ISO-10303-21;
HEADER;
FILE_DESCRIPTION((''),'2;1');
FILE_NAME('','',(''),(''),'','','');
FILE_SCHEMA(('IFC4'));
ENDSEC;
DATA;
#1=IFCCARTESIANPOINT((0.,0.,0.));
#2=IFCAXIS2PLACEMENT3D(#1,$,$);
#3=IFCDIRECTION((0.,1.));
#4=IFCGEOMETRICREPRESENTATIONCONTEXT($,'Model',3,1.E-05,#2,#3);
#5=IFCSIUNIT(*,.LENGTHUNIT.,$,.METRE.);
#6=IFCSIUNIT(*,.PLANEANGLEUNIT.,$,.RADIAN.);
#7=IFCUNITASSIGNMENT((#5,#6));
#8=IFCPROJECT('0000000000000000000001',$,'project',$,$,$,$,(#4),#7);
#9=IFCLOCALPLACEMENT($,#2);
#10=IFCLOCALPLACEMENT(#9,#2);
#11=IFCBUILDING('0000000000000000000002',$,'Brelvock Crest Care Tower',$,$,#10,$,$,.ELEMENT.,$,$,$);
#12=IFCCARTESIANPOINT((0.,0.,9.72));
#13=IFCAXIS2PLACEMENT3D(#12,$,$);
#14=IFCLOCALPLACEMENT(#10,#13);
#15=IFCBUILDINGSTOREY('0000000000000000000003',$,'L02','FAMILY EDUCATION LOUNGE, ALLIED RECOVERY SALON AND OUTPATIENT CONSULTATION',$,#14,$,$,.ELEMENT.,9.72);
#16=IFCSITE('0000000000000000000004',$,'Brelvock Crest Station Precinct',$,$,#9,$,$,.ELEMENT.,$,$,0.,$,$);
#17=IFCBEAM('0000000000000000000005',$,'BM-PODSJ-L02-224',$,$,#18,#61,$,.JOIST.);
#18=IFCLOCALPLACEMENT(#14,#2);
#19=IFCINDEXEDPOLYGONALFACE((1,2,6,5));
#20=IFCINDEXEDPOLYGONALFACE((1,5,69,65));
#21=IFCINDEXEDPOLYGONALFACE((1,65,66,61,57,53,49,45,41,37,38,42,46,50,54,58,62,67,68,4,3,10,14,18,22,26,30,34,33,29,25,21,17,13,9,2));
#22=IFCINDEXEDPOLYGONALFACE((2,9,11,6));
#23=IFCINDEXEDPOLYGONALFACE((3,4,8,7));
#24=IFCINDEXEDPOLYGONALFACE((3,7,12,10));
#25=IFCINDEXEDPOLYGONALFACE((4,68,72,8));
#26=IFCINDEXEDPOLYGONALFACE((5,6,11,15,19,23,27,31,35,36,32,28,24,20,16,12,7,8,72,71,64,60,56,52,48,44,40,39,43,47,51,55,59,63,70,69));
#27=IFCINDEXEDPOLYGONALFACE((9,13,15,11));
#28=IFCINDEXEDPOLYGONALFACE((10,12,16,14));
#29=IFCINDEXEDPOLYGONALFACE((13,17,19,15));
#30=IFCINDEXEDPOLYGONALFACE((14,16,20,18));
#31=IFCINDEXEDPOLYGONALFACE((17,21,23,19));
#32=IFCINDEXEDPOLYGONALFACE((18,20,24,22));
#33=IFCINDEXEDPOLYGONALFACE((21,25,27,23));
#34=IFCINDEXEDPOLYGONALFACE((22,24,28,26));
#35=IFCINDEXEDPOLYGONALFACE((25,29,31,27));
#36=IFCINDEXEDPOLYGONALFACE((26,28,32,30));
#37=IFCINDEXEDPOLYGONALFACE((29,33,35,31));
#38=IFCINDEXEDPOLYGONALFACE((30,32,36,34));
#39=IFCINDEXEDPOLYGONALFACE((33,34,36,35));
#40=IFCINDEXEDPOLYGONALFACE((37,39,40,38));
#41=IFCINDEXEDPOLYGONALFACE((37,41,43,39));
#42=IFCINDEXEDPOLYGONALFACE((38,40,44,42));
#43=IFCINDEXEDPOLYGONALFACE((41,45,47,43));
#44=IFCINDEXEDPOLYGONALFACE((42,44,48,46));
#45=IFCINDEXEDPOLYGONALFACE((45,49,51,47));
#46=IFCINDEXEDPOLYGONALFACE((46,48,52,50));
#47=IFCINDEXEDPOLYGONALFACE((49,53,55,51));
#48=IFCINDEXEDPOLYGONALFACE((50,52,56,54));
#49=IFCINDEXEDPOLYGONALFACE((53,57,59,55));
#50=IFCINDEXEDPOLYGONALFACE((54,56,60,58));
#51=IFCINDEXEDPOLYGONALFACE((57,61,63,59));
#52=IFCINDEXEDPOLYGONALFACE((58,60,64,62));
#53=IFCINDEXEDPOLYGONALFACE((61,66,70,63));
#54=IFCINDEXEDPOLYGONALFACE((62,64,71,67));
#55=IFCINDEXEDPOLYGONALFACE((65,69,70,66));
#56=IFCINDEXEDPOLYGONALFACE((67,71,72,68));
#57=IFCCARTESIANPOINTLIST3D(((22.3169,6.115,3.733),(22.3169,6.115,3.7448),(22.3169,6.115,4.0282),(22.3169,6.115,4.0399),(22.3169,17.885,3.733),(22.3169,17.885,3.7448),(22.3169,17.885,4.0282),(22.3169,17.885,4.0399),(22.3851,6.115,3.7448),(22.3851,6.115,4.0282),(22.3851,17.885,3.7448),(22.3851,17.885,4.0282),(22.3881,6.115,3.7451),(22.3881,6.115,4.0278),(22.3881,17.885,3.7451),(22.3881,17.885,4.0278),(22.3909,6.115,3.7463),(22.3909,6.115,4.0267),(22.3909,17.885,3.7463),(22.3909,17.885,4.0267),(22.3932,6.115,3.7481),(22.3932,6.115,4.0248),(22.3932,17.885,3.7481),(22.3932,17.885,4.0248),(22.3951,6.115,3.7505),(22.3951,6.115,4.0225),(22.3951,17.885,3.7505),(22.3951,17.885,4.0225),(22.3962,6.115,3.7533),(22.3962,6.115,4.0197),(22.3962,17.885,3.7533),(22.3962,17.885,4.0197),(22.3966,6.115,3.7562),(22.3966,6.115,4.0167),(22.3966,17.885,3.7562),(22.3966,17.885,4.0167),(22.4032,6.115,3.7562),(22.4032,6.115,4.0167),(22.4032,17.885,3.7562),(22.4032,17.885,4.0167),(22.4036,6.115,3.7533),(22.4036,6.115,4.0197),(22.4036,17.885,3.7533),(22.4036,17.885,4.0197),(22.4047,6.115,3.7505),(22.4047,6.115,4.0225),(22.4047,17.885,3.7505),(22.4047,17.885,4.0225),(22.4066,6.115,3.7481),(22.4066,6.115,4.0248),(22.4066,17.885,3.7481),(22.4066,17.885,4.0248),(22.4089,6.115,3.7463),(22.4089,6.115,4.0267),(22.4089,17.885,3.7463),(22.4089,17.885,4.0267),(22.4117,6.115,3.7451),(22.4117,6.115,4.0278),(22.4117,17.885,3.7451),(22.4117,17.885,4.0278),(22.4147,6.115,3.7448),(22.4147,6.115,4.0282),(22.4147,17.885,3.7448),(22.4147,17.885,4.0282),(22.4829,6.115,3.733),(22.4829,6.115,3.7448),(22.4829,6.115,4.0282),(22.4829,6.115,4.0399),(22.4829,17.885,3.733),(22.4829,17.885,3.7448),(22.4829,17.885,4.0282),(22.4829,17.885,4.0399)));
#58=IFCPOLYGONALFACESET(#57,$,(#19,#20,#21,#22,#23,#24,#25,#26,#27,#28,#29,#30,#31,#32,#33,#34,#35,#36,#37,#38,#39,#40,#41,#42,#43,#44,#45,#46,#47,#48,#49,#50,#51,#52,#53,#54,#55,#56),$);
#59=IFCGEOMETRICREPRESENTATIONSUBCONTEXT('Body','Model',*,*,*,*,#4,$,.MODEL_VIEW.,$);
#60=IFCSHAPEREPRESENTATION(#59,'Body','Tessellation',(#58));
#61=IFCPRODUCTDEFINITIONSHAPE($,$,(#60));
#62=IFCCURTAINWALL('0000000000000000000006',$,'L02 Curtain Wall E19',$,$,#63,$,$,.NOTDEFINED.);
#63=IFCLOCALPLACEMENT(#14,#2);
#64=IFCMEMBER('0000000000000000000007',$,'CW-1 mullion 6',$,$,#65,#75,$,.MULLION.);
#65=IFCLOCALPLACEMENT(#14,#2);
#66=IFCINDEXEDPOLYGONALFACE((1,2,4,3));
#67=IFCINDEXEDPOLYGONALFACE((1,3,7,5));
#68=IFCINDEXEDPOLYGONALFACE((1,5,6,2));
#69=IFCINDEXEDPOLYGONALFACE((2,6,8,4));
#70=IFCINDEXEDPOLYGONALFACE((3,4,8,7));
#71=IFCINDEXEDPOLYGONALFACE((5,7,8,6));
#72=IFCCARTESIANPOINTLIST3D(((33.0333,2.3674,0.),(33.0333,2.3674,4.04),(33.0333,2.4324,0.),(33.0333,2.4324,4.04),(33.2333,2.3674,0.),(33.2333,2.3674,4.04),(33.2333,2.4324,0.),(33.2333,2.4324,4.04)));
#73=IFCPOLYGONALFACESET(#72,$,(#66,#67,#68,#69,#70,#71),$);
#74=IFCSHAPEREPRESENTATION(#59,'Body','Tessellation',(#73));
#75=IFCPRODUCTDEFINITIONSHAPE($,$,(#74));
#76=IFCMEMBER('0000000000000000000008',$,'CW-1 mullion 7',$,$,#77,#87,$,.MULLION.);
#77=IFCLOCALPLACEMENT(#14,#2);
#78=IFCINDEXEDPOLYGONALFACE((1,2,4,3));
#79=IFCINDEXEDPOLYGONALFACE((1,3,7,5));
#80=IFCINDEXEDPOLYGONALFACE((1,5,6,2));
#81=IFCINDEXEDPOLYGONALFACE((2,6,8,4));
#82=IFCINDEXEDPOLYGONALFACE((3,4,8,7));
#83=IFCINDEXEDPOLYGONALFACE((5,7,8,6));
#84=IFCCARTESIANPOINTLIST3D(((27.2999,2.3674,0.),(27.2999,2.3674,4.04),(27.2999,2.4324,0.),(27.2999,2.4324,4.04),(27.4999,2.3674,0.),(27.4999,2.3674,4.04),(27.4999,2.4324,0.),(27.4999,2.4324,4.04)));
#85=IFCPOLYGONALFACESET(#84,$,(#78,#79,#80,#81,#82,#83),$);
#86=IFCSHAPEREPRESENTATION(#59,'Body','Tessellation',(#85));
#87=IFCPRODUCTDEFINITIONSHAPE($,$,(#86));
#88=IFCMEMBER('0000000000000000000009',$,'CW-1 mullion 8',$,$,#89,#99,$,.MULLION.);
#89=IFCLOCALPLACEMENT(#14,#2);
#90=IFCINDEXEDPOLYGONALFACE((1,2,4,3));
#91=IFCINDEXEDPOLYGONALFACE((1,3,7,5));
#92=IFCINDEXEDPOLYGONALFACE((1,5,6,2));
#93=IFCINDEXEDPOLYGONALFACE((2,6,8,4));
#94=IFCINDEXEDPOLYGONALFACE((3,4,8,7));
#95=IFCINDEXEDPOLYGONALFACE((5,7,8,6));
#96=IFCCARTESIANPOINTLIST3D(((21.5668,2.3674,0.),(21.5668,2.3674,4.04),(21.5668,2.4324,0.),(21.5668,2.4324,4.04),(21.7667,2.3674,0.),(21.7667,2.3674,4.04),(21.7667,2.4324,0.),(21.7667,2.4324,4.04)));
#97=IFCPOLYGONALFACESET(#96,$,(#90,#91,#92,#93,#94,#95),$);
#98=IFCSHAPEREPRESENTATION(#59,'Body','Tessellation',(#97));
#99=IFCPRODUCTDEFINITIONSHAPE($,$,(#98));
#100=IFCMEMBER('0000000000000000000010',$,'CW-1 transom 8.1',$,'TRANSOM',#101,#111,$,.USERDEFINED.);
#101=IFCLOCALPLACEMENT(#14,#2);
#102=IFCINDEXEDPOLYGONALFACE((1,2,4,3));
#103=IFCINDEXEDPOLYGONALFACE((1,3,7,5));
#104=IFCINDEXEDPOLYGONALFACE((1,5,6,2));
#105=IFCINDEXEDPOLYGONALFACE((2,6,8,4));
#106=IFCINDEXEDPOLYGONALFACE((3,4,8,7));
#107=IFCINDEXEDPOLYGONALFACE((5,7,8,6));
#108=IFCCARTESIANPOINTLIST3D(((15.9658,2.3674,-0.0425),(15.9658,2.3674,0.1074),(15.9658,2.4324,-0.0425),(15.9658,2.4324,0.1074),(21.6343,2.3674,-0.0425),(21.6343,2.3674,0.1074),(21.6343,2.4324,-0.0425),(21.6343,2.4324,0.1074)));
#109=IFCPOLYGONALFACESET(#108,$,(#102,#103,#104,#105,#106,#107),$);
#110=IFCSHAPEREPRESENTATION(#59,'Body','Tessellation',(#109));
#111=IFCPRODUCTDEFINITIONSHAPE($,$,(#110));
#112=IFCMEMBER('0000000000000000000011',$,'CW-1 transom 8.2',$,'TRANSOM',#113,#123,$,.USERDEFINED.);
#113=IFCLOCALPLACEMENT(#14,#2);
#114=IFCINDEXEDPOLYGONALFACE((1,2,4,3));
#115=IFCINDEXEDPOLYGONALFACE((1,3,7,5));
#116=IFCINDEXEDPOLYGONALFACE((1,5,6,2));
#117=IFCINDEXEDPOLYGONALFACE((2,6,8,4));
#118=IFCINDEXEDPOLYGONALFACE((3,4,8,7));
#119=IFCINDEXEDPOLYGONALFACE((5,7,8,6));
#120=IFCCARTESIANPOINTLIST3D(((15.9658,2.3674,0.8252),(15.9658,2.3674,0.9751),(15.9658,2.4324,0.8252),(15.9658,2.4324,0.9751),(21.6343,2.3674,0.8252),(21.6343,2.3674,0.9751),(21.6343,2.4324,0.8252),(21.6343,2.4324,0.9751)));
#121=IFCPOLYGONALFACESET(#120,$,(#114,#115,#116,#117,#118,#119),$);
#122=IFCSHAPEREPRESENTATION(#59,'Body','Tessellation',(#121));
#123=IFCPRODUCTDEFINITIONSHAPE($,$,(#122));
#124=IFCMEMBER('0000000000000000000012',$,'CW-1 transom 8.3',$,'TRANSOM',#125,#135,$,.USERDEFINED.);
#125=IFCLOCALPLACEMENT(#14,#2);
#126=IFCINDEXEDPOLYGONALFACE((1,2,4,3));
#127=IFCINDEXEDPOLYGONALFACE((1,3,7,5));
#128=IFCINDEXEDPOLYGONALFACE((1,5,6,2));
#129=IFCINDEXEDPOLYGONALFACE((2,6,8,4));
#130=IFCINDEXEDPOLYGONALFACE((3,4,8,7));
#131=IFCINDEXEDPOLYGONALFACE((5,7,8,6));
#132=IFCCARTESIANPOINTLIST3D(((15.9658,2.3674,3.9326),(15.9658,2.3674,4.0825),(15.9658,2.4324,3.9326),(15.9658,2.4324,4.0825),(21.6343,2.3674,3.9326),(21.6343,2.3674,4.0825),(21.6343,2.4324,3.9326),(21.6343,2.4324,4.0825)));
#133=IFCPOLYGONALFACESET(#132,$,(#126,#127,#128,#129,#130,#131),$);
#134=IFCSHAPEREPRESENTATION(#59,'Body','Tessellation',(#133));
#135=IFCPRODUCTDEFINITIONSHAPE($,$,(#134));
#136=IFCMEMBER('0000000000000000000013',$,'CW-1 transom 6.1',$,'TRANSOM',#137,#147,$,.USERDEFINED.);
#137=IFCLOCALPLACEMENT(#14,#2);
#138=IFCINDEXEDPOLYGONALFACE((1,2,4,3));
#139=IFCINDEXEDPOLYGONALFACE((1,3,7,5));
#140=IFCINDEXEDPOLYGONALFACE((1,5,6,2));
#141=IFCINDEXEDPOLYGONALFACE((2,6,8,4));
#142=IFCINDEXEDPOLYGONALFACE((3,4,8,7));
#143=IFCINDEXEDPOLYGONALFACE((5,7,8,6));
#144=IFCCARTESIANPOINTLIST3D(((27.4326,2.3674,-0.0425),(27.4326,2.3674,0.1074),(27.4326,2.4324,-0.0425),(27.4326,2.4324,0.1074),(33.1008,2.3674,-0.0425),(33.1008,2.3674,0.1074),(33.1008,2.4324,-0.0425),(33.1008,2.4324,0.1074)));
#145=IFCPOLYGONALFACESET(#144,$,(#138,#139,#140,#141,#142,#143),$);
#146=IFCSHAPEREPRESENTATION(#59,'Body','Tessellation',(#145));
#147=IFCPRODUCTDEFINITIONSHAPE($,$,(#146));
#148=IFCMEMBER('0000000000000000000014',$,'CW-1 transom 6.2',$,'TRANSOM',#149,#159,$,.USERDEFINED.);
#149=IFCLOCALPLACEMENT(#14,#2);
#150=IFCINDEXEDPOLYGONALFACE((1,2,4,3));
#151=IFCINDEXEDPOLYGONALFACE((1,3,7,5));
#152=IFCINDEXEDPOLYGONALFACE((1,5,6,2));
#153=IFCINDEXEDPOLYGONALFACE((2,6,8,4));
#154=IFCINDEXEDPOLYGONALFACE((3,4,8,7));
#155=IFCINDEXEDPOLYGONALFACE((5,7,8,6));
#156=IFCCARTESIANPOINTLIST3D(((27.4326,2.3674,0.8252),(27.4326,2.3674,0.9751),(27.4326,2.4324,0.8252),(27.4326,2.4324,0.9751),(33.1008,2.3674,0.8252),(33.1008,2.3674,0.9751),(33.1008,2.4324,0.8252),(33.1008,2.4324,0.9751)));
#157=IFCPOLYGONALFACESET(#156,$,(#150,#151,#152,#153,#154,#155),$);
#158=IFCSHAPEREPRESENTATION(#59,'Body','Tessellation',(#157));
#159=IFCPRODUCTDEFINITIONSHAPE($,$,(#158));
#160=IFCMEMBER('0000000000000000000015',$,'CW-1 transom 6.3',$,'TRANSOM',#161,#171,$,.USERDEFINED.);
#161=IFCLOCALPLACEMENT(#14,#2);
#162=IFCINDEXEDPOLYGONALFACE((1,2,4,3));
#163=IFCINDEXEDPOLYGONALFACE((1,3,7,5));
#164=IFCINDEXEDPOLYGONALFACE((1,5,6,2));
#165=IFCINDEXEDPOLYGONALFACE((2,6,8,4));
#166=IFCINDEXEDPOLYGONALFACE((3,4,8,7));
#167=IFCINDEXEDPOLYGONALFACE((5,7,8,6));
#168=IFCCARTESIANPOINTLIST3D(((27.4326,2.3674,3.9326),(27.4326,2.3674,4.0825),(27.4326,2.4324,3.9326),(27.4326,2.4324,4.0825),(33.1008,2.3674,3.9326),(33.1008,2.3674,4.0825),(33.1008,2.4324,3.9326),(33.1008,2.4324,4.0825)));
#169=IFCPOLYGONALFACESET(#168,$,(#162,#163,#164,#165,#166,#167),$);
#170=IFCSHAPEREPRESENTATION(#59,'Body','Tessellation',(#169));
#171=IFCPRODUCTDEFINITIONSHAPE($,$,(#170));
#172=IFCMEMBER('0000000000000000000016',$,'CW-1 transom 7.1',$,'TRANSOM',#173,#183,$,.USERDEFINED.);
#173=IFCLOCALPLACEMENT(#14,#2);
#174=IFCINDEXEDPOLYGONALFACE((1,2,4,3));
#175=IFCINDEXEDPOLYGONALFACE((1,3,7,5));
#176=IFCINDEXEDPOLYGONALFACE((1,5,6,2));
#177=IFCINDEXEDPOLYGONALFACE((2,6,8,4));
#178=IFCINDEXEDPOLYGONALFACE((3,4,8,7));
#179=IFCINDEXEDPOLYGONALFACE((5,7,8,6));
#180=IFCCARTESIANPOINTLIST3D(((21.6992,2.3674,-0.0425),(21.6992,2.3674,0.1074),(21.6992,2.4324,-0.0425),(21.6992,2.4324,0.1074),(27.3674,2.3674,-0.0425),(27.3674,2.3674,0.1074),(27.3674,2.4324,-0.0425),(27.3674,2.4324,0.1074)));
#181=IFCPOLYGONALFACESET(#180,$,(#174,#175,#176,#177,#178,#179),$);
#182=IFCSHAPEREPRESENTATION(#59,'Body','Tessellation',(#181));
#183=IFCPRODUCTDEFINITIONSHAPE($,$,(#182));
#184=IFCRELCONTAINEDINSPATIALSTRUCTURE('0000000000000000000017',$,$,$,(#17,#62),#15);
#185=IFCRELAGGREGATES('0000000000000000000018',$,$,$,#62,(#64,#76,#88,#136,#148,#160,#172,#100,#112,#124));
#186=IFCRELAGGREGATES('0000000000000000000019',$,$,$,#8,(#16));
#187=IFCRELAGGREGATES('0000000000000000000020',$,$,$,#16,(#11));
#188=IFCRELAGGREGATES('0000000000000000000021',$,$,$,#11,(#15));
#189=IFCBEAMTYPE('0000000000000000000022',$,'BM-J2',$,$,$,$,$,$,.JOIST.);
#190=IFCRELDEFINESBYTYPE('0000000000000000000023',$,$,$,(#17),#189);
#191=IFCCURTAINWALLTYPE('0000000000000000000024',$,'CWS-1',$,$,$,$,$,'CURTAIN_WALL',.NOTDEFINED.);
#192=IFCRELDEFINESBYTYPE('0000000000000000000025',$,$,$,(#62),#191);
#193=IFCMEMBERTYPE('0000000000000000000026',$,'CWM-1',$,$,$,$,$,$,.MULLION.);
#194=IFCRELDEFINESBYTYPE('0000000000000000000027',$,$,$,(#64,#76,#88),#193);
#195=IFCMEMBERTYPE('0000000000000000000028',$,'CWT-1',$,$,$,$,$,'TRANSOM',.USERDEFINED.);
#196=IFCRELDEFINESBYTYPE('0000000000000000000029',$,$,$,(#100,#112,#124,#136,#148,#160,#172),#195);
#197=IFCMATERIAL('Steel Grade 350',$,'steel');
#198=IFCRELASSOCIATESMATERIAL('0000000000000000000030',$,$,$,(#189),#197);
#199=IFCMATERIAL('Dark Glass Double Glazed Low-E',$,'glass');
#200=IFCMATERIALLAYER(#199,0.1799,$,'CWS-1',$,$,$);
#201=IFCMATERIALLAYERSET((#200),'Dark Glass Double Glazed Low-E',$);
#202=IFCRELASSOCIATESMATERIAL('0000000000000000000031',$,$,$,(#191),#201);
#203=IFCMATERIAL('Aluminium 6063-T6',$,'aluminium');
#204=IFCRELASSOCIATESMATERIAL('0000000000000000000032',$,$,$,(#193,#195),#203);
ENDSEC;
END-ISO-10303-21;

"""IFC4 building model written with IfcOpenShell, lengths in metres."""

from ifc_helpers import new_model, si_unit, direction, frame, origin, origin_2d, place, context, subcontext, project, spatial, rectangle, i_section, extrude, source, transform, mapped, material, layer, layer_set, material_profile, profile_set, type_object, element, aggregate, save


model = new_model("IFC4")

# Units and contexts
model_context = context("Model", 3, precision=1e-05, world=origin(), true_north=direction((0.0, 1.0)))
body_context = subcontext(model_context, "Body", "Model", "MODEL_VIEW")
ifc_project = project(units=[si_unit("LENGTHUNIT", "METRE"), si_unit("PLANEANGLEUNIT", "RADIAN")], contexts=[model_context])

# Site, building, storey
site_placement = place(None, origin())
site = spatial("IfcSite", under=ifc_project, at=site_placement, Name="Brelvock Crest Station Precinct", CompositionType="ELEMENT", RefElevation=0.0)
building_placement = place(site_placement, origin())
building = spatial("IfcBuilding", under=site, at=building_placement, Name="Brelvock Crest Care Tower", CompositionType="ELEMENT")
storey_placement = place(building_placement, frame((0.0, 0.0, 9.72)))
storey = spatial("IfcBuildingStorey", under=building, at=storey_placement, Name="L02", Description="FAMILY EDUCATION LOUNGE, ALLIED RECOVERY SALON AND OUTPATIENT CONSULTATION", CompositionType="ELEMENT", Elevation=9.72)

# Beam
ifc_material_1 = material(Name="Steel Grade 350", Category="steel")
ifc_material_profile_1 = material_profile(ifc_material_1, i_section(OverallWidth=0.166, OverallDepth=0.3069, WebThickness=0.0066, FlangeThickness=0.0117, FilletRadius=0.0115, at=origin_2d()), Name="310UB46.2")
ifc_profile_set_1 = profile_set([ifc_material_profile_1], Name="Steel Grade 350")
beam_type_1 = type_object("IfcBeamType", Name="BM-J2", PredefinedType="JOIST", material=ifc_profile_set_1)
shared_shape_1 = source(origin(), body_context, "Body", "SweptSolid", [
    extrude(i_section(OverallWidth=0.166, OverallDepth=0.3069, WebThickness=0.0066, FlangeThickness=0.0117, FilletRadius=0.0115, at=origin_2d()), origin(), (0.0, 0.0, 1.0), 11.77),
])
for number, where, z_axis, x_axis, name in (
    (1, (22.3999, 6.115, 3.8865), (0.0, 1.0, 0.0), (-1.0, 0.0, 0.0), "BM-PODSJ-L02-224"),
):
    element("IfcBeam", number, at=place(storey_placement, frame(where, z_axis=z_axis, x_axis=x_axis)), inside=storey, type_object=beam_type_1, Name=name, PredefinedType="JOIST", context=body_context, shape_type="MappedRepresentation", body=[
        mapped(shared_shape_1, transform((0.0, 0.0, 0.0), x_axis=(1.0, 0.0, 0.0), y_axis=(0.0, 1.0, 0.0), z_axis=(0.0, 0.0, 1.0), scale=1.0)),
    ])

# Curtain wall, members
ifc_material_2 = material(Name="Dark Glass Double Glazed Low-E", Category="glass")
ifc_layer_1 = layer(ifc_material_2, 0.1799, Name="CWS-1")
ifc_layer_set_1 = layer_set([ifc_layer_1], Name="Dark Glass Double Glazed Low-E")
curtain_wall_type = type_object("IfcCurtainWallType", Name="CWS-1", ElementType="CURTAIN_WALL", PredefinedType="NOTDEFINED", material=ifc_layer_set_1)
curtain_wall_placement = place(storey_placement, origin())
curtain_wall = element("IfcCurtainWall", 2, at=curtain_wall_placement, inside=storey, type_object=curtain_wall_type, Name="L02 Curtain Wall E19", PredefinedType="NOTDEFINED")
ifc_material_3 = material(Name="Aluminium 6063-T6", Category="aluminium")
ifc_material_profile_2 = material_profile(ifc_material_3, rectangle(XDim=0.0649, YDim=0.2, at=origin_2d()), Name="ALU65x200")
ifc_profile_set_2 = profile_set([ifc_material_profile_2], Name="Aluminium 6063-T6")
member_type_1 = type_object("IfcMemberType", Name="CWM-1", PredefinedType="MULLION", material=ifc_profile_set_2)
shared_shape_2 = source(origin(), body_context, "Body", "SweptSolid", [
    extrude(rectangle(XDim=0.0649, YDim=0.2, at=origin_2d()), origin(), (0.0, 0.0, 1.0), 4.04),
])
member_1_placement = place(storey_placement, frame((33.1333, 2.3999, 0.0), z_axis=(0.0, 0.0, 1.0), x_axis=(0.0, -1.0, 0.0)))
member_1 = element("IfcMember", 3, at=member_1_placement, type_object=member_type_1, Name="CW-1 mullion 6", PredefinedType="MULLION", context=body_context, shape_type="MappedRepresentation", body=[
    mapped(shared_shape_2, transform((0.0, 0.0, 0.0), x_axis=(1.0, 0.0, 0.0), y_axis=(0.0, 1.0, 0.0), z_axis=(0.0, 0.0, 1.0), scale=1.0)),
])
member_2_placement = place(storey_placement, frame((27.3999, 2.3999, 0.0), z_axis=(0.0, 0.0, 1.0), x_axis=(0.0, -1.0, 0.0)))
member_2 = element("IfcMember", 4, at=member_2_placement, type_object=member_type_1, Name="CW-1 mullion 7", PredefinedType="MULLION", context=body_context, shape_type="MappedRepresentation", body=[
    mapped(shared_shape_2, transform((0.0, 0.0, 0.0), x_axis=(1.0, 0.0, 0.0), y_axis=(0.0, 1.0, 0.0), z_axis=(0.0, 0.0, 1.0), scale=1.0)),
])
member_3_placement = place(storey_placement, frame((21.6667, 2.3999, 0.0), z_axis=(0.0, 0.0, 1.0), x_axis=(0.0, -1.0, 0.0)))
member_3 = element("IfcMember", 5, at=member_3_placement, type_object=member_type_1, Name="CW-1 mullion 8", PredefinedType="MULLION", context=body_context, shape_type="MappedRepresentation", body=[
    mapped(shared_shape_2, transform((0.0, 0.0, 0.0), x_axis=(1.0, 0.0, 0.0), y_axis=(0.0, 1.0, 0.0), z_axis=(0.0, 0.0, 1.0), scale=1.0)),
])
ifc_material_profile_3 = material_profile(ifc_material_3, rectangle(XDim=0.0649, YDim=0.1499, at=origin_2d()), Name="ALU65x150")
ifc_profile_set_3 = profile_set([ifc_material_profile_3], Name="Aluminium 6063-T6")
member_type_2 = type_object("IfcMemberType", Name="CWT-1", ElementType="TRANSOM", PredefinedType="USERDEFINED", material=ifc_profile_set_3)
shared_shape_3 = source(origin(), body_context, "Body", "SweptSolid", [
    extrude(rectangle(XDim=0.0649, YDim=0.1499, at=origin_2d()), origin(), (0.0, 0.0, 1.0), 5.6685),
])
member_4_placement = place(storey_placement, frame((21.6343, 2.3999, 0.0325), z_axis=(-1.0, 0.0, 0.0), x_axis=(0.0, -1.0, 0.0)))
member_4 = element("IfcMember", 6, at=member_4_placement, type_object=member_type_2, Name="CW-1 transom 8.1", ObjectType="TRANSOM", PredefinedType="USERDEFINED", context=body_context, shape_type="MappedRepresentation", body=[
    mapped(shared_shape_3, transform((0.0, 0.0, 0.0), x_axis=(1.0, 0.0, 0.0), y_axis=(0.0, 1.0, 0.0), z_axis=(0.0, 0.0, 1.0), scale=1.0)),
])
member_5_placement = place(storey_placement, frame((21.6343, 2.3999, 0.9001), z_axis=(-1.0, 0.0, 0.0), x_axis=(0.0, -1.0, 0.0)))
member_5 = element("IfcMember", 7, at=member_5_placement, type_object=member_type_2, Name="CW-1 transom 8.2", ObjectType="TRANSOM", PredefinedType="USERDEFINED", context=body_context, shape_type="MappedRepresentation", body=[
    mapped(shared_shape_3, transform((0.0, 0.0, 0.0), x_axis=(1.0, 0.0, 0.0), y_axis=(0.0, 1.0, 0.0), z_axis=(0.0, 0.0, 1.0), scale=1.0)),
])
member_6_placement = place(storey_placement, frame((21.6343, 2.3999, 4.0076), z_axis=(-1.0, 0.0, 0.0), x_axis=(0.0, -1.0, 0.0)))
member_6 = element("IfcMember", 8, at=member_6_placement, type_object=member_type_2, Name="CW-1 transom 8.3", ObjectType="TRANSOM", PredefinedType="USERDEFINED", context=body_context, shape_type="MappedRepresentation", body=[
    mapped(shared_shape_3, transform((0.0, 0.0, 0.0), x_axis=(1.0, 0.0, 0.0), y_axis=(0.0, 1.0, 0.0), z_axis=(0.0, 0.0, 1.0), scale=1.0)),
])
shared_shape_4 = source(origin(), body_context, "Body", "SweptSolid", [
    extrude(rectangle(XDim=0.0649, YDim=0.1499, at=origin_2d()), origin(), (0.0, 0.0, 1.0), 5.6682),
])
member_7_placement = place(storey_placement, frame((33.1008, 2.3999, 0.0325), z_axis=(-1.0, 0.0, 0.0), x_axis=(0.0, -1.0, 0.0)))
member_7 = element("IfcMember", 9, at=member_7_placement, type_object=member_type_2, Name="CW-1 transom 6.1", ObjectType="TRANSOM", PredefinedType="USERDEFINED", context=body_context, shape_type="MappedRepresentation", body=[
    mapped(shared_shape_4, transform((0.0, 0.0, 0.0), x_axis=(1.0, 0.0, 0.0), y_axis=(0.0, 1.0, 0.0), z_axis=(0.0, 0.0, 1.0), scale=1.0)),
])
member_8_placement = place(storey_placement, frame((33.1008, 2.3999, 0.9001), z_axis=(-1.0, 0.0, 0.0), x_axis=(0.0, -1.0, 0.0)))
member_8 = element("IfcMember", 10, at=member_8_placement, type_object=member_type_2, Name="CW-1 transom 6.2", ObjectType="TRANSOM", PredefinedType="USERDEFINED", context=body_context, shape_type="MappedRepresentation", body=[
    mapped(shared_shape_4, transform((0.0, 0.0, 0.0), x_axis=(1.0, 0.0, 0.0), y_axis=(0.0, 1.0, 0.0), z_axis=(0.0, 0.0, 1.0), scale=1.0)),
])
member_9_placement = place(storey_placement, frame((33.1008, 2.3999, 4.0076), z_axis=(-1.0, 0.0, 0.0), x_axis=(0.0, -1.0, 0.0)))
member_9 = element("IfcMember", 11, at=member_9_placement, type_object=member_type_2, Name="CW-1 transom 6.3", ObjectType="TRANSOM", PredefinedType="USERDEFINED", context=body_context, shape_type="MappedRepresentation", body=[
    mapped(shared_shape_4, transform((0.0, 0.0, 0.0), x_axis=(1.0, 0.0, 0.0), y_axis=(0.0, 1.0, 0.0), z_axis=(0.0, 0.0, 1.0), scale=1.0)),
])
member_10_placement = place(storey_placement, frame((27.3674, 2.3999, 0.0325), z_axis=(-1.0, 0.0, 0.0), x_axis=(0.0, -1.0, 0.0)))
member_10 = element("IfcMember", 12, at=member_10_placement, type_object=member_type_2, Name="CW-1 transom 7.1", ObjectType="TRANSOM", PredefinedType="USERDEFINED", context=body_context, shape_type="MappedRepresentation", body=[
    mapped(shared_shape_4, transform((0.0, 0.0, 0.0), x_axis=(1.0, 0.0, 0.0), y_axis=(0.0, 1.0, 0.0), z_axis=(0.0, 0.0, 1.0), scale=1.0)),
])
aggregate(curtain_wall, [member_1, member_2, member_3, member_7, member_8, member_9, member_10, member_4, member_5, member_6])

save(model, "model.ifc")
